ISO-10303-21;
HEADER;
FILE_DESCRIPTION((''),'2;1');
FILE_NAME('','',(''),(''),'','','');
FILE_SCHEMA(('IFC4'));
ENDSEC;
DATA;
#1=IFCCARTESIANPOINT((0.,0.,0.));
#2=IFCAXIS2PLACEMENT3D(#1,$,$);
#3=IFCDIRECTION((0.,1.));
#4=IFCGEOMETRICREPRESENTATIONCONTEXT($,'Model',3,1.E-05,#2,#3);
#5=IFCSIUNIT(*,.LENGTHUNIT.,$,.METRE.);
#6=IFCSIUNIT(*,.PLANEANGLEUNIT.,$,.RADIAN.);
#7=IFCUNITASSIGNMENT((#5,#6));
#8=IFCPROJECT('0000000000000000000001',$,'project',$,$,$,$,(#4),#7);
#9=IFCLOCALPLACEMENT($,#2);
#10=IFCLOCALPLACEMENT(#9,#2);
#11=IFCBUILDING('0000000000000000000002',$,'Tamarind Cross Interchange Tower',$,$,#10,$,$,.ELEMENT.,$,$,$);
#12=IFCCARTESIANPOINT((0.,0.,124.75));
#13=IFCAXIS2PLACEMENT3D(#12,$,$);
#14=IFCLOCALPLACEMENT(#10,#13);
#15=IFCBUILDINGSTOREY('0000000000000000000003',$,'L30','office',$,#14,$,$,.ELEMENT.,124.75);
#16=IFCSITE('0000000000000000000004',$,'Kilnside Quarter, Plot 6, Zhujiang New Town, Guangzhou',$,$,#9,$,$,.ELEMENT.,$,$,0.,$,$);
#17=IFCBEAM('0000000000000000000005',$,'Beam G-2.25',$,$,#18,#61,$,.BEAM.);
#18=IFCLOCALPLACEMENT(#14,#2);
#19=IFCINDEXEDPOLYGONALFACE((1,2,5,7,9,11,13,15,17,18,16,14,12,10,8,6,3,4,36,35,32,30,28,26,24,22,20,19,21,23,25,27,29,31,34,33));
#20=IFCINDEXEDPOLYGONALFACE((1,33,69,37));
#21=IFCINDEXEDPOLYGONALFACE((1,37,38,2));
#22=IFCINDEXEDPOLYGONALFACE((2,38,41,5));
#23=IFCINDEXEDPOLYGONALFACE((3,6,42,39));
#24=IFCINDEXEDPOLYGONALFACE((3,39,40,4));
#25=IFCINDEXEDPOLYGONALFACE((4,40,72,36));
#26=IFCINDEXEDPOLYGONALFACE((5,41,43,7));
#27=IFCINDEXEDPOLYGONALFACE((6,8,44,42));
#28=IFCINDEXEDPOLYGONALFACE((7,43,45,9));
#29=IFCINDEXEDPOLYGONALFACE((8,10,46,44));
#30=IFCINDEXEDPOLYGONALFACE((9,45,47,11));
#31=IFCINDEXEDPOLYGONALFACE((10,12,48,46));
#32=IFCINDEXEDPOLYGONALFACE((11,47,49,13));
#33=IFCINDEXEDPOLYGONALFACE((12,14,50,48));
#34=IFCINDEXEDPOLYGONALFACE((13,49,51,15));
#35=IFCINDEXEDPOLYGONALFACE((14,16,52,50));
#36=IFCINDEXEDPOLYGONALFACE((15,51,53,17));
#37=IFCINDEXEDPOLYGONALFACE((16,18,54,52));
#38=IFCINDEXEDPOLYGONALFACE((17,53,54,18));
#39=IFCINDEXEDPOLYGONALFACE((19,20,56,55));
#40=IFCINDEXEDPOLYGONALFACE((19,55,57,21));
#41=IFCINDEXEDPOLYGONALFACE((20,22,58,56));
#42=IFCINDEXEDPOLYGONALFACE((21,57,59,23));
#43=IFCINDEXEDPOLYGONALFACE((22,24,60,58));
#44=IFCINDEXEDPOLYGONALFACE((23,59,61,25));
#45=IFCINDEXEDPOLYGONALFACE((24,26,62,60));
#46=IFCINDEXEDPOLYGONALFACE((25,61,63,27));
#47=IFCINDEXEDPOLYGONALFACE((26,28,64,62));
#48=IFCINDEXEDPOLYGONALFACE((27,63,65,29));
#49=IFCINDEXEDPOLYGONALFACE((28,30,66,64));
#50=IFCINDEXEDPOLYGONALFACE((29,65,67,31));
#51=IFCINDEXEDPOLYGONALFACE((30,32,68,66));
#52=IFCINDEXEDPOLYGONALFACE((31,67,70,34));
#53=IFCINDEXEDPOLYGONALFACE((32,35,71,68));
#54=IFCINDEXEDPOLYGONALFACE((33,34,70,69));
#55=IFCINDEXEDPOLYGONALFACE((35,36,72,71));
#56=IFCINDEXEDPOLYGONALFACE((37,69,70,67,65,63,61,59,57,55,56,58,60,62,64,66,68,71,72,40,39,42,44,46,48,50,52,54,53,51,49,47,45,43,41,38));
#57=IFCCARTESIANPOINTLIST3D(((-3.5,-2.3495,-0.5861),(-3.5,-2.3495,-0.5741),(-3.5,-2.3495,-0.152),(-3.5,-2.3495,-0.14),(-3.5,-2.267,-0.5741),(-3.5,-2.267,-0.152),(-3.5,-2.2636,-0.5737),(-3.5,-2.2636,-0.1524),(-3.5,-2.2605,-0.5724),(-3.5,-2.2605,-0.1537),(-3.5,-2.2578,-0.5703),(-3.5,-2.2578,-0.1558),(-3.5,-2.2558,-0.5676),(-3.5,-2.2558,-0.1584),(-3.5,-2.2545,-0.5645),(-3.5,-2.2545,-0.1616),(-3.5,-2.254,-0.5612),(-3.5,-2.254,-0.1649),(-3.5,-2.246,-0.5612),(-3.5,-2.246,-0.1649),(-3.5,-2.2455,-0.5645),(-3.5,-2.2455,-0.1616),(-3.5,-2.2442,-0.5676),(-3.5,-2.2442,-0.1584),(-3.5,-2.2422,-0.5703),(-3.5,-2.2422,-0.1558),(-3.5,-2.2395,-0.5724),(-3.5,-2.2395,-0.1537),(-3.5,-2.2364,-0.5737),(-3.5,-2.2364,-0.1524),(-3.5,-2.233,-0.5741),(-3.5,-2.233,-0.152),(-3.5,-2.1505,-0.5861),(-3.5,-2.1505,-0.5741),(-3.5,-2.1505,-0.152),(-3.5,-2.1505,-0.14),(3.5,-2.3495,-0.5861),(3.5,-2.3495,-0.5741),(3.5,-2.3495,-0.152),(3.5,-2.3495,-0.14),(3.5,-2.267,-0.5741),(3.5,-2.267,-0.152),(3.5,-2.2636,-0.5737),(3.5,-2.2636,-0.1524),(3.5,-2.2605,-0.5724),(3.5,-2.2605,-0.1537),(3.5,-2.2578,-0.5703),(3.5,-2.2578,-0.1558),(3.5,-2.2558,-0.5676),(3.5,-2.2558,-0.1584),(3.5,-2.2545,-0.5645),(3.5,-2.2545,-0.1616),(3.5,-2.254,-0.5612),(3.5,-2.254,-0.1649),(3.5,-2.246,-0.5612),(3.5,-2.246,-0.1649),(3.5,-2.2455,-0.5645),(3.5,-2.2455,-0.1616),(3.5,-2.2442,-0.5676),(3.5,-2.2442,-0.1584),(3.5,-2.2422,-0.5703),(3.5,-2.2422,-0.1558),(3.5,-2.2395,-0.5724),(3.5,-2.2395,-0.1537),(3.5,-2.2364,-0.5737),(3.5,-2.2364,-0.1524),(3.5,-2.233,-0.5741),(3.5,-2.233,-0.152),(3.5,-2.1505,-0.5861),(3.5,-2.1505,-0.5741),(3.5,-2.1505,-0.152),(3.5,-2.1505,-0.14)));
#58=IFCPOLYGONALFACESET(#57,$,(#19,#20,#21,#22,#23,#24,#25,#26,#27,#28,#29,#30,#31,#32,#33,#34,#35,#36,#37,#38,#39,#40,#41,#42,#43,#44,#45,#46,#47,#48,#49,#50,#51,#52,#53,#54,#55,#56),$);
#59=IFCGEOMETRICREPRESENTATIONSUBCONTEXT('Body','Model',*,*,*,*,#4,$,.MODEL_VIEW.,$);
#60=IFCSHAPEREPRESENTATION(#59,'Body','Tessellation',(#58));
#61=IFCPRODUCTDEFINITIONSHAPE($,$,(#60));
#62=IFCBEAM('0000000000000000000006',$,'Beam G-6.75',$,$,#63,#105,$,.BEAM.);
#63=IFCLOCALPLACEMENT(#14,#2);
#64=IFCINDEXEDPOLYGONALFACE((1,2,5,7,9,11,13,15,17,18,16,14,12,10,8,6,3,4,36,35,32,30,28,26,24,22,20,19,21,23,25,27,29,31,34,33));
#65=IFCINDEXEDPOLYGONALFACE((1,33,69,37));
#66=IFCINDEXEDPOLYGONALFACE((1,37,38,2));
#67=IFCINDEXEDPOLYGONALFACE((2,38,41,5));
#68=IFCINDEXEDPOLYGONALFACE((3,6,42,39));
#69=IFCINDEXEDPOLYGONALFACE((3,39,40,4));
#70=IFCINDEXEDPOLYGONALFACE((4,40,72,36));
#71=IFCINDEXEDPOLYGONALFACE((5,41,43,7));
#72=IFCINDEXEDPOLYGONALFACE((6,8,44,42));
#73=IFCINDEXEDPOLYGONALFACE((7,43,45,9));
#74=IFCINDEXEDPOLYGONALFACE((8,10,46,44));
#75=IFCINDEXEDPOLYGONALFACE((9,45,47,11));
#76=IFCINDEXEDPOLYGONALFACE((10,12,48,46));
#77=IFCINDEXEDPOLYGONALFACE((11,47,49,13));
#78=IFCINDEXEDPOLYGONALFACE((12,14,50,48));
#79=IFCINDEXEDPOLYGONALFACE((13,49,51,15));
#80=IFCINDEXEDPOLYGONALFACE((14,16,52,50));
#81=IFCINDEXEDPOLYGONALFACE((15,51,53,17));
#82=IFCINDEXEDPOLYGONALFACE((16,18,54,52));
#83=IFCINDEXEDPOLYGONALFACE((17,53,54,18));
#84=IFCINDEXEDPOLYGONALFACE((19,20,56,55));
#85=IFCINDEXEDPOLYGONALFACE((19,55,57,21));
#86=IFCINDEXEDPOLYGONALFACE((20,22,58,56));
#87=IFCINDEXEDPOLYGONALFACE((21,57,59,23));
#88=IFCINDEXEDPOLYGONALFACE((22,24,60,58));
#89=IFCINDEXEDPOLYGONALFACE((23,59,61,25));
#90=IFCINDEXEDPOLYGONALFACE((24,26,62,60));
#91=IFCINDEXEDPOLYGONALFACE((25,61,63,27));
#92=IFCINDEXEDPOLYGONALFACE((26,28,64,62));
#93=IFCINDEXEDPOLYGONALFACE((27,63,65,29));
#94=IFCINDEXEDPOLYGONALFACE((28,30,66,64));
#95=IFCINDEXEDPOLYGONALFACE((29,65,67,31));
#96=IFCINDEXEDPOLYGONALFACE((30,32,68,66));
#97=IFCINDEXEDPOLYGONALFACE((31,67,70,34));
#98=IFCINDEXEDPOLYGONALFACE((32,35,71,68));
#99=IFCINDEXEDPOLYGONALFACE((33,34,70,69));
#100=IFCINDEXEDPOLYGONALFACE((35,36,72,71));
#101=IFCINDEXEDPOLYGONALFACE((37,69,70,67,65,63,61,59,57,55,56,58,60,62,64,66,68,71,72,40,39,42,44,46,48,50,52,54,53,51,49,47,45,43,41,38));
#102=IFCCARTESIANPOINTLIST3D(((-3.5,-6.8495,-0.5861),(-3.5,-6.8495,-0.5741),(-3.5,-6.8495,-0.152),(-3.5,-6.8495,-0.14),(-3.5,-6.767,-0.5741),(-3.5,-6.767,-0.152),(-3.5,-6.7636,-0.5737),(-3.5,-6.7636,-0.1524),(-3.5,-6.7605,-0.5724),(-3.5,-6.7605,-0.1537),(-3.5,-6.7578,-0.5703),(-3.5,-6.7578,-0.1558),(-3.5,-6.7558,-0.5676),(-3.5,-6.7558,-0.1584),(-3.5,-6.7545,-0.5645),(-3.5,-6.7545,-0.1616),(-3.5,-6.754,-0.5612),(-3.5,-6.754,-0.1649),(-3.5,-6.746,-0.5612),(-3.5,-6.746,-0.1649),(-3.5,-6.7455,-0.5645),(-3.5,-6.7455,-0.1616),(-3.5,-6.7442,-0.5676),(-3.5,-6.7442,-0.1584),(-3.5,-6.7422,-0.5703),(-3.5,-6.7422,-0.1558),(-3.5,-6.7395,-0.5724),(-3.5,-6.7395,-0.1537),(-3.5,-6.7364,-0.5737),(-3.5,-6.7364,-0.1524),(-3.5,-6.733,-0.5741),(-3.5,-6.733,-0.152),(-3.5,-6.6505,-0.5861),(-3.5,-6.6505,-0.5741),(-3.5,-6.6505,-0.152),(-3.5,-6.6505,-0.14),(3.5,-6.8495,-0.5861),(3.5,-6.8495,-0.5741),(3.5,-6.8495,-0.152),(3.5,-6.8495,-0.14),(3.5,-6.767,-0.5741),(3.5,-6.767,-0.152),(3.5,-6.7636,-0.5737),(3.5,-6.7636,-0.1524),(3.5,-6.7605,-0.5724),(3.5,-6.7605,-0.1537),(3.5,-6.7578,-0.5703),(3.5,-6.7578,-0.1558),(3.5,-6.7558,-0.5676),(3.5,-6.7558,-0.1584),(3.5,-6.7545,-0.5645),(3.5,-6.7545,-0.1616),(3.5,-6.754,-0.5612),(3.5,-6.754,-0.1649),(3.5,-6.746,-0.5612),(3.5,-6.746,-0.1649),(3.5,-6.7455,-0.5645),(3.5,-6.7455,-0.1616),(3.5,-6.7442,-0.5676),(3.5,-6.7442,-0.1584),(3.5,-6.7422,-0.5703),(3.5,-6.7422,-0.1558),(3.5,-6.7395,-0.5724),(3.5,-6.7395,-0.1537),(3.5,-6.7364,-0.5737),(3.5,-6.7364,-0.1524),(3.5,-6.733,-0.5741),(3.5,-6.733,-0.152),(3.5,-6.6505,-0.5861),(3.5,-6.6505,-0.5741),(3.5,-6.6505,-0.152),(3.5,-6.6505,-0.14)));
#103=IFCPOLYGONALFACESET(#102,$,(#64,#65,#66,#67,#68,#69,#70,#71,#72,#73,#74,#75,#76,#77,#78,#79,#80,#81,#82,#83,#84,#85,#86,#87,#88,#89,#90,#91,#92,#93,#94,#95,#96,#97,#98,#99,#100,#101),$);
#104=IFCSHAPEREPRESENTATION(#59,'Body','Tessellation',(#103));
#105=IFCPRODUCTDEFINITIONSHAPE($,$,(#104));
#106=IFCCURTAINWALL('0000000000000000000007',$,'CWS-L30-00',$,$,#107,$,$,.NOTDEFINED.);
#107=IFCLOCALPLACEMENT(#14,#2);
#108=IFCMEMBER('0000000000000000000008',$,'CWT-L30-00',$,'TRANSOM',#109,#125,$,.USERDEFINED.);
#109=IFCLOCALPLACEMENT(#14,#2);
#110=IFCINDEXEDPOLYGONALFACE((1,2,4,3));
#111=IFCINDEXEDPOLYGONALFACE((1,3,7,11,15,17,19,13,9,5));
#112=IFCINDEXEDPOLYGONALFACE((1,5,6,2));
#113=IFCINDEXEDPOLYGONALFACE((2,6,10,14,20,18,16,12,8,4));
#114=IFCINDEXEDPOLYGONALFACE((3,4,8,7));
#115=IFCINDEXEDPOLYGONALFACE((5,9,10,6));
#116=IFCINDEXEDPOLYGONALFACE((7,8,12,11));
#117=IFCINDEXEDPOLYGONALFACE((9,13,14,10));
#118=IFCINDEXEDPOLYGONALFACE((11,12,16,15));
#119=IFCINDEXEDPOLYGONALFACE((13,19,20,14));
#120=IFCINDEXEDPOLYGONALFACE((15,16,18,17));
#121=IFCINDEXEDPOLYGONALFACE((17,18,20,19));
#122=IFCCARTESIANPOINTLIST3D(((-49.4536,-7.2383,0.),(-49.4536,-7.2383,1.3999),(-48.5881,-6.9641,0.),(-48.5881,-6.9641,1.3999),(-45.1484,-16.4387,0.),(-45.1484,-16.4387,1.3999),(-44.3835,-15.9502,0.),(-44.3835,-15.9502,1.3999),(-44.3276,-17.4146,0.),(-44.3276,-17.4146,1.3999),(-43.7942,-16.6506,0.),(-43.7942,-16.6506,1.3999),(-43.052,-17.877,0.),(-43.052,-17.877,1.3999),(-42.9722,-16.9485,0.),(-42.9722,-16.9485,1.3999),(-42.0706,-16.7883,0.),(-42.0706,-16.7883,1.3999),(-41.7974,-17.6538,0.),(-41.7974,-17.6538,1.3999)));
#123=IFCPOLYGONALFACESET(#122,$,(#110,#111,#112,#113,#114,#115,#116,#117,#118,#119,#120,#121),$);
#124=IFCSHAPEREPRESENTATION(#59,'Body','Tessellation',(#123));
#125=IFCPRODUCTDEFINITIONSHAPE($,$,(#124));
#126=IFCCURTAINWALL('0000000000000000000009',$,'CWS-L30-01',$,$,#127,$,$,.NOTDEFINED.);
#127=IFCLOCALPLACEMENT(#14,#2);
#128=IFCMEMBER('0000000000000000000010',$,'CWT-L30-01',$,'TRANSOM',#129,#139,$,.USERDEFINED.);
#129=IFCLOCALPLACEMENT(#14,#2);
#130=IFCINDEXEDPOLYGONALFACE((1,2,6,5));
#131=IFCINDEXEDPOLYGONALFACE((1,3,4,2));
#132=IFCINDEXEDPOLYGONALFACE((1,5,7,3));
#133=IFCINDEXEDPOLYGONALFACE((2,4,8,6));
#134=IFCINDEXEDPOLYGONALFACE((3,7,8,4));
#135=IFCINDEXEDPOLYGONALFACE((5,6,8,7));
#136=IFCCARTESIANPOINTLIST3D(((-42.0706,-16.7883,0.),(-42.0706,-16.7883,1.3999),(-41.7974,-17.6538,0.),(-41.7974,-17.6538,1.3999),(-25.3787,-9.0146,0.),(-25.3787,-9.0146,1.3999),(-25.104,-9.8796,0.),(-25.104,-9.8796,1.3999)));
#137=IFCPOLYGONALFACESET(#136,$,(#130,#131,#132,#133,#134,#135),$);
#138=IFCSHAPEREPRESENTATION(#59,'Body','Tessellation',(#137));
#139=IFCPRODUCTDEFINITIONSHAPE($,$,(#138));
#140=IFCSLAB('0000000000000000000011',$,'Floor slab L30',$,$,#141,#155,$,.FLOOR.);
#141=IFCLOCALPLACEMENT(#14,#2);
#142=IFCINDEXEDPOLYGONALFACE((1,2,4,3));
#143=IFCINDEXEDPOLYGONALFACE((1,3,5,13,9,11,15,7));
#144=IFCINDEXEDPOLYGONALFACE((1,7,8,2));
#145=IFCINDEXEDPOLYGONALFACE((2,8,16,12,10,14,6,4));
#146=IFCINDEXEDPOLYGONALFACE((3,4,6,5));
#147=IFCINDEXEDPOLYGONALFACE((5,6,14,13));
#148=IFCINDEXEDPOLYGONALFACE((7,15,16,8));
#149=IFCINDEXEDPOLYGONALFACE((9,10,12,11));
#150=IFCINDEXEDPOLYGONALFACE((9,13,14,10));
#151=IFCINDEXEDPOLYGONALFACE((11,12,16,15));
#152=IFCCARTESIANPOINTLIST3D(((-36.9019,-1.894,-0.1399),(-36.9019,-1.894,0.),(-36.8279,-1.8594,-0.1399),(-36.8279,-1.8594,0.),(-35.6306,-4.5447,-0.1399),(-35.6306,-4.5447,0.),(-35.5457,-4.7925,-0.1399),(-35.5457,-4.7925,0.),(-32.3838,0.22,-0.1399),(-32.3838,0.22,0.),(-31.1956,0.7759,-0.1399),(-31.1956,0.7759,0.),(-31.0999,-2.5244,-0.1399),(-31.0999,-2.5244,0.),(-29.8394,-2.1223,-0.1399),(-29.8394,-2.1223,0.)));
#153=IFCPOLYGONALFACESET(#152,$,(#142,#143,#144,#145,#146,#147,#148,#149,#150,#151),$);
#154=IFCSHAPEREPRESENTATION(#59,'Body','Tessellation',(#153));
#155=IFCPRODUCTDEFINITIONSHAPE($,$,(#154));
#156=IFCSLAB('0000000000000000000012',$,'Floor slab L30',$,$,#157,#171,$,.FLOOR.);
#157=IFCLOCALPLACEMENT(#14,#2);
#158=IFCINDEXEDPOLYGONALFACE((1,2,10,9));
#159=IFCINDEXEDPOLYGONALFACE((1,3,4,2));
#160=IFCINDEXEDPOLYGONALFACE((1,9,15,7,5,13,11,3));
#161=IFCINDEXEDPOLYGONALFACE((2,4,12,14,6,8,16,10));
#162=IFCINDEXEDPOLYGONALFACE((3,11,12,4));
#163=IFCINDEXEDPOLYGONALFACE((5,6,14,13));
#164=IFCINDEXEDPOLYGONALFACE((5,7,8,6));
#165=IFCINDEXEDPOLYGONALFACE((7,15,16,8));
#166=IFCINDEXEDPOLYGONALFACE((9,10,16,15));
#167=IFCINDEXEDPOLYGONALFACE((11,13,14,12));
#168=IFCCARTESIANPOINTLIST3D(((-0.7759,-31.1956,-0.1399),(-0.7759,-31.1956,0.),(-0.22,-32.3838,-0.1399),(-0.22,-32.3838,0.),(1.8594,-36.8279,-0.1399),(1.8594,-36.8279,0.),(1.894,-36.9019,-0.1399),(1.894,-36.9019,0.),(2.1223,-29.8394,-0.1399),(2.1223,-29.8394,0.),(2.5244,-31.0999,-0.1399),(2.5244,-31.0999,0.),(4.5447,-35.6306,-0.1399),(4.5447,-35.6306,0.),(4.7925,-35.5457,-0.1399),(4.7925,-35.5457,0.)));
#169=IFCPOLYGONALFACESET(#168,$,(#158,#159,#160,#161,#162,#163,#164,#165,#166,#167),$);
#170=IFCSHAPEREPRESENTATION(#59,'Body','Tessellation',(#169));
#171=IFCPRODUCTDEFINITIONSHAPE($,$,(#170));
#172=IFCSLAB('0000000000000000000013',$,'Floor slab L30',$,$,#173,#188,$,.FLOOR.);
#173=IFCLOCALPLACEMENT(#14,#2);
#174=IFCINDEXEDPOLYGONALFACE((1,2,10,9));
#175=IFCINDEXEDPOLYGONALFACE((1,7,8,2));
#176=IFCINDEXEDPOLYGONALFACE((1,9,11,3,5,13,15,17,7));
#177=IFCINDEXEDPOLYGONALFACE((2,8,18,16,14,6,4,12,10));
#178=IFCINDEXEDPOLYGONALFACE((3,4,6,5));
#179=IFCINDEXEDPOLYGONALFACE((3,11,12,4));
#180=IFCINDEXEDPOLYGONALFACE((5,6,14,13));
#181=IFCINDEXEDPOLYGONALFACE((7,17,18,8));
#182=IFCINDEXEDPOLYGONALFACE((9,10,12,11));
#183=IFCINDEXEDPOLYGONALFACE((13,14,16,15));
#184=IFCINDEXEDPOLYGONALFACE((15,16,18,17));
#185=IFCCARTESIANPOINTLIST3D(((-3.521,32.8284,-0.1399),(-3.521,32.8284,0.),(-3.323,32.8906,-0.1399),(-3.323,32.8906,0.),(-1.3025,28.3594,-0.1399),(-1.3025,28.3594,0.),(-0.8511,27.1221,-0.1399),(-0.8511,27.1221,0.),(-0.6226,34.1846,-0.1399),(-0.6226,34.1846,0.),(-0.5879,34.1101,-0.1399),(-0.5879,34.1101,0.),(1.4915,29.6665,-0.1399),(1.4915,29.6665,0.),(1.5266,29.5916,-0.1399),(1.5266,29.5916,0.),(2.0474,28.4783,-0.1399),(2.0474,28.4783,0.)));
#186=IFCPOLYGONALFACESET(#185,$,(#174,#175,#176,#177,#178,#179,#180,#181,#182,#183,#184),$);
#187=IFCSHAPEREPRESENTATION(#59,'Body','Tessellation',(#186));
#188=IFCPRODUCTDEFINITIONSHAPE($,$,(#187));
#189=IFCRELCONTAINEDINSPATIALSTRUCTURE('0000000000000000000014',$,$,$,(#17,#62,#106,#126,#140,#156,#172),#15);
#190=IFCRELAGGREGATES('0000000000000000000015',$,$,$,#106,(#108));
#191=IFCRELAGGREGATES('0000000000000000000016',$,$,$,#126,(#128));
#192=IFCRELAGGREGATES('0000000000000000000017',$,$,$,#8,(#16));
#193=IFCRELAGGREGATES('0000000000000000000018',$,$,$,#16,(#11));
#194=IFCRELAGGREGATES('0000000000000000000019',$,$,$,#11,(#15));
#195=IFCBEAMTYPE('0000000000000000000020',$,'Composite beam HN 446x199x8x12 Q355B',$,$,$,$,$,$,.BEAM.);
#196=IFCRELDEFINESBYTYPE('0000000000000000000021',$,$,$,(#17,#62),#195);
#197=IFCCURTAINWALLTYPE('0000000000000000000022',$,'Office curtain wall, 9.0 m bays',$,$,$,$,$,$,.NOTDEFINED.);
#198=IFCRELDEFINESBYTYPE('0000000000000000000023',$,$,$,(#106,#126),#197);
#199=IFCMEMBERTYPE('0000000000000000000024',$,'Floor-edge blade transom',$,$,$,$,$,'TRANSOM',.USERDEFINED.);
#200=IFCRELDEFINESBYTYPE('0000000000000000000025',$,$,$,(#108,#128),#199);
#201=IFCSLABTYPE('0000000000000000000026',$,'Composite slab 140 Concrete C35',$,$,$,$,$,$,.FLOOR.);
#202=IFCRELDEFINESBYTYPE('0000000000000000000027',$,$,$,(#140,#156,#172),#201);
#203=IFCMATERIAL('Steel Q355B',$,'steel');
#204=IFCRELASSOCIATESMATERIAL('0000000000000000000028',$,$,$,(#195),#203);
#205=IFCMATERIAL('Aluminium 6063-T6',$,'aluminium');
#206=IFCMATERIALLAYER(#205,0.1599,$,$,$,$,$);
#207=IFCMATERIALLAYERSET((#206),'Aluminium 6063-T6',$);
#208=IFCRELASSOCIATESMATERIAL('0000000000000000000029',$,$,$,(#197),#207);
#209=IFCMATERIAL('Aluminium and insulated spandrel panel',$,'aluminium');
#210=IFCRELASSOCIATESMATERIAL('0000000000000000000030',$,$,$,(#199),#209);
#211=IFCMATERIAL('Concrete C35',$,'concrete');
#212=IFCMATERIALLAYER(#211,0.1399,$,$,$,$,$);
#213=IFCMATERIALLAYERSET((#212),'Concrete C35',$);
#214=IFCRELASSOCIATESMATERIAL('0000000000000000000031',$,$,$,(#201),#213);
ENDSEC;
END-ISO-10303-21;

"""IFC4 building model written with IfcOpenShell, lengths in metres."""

from ifc_helpers import new_model, si_unit, direction, frame, origin, origin_2d, place, context, subcontext, project, spatial, polyline, i_section, outline, extrude, material, layer, layer_set, material_profile, profile_set, type_object, element, aggregate, save


model = new_model("IFC4")

# Units and contexts
model_context = context("Model", 3, precision=1e-05, world=origin(), true_north=direction((0.0, 1.0)))
body_context = subcontext(model_context, "Body", "Model", "MODEL_VIEW")
ifc_project = project(units=[si_unit("LENGTHUNIT", "METRE"), si_unit("PLANEANGLEUNIT", "RADIAN")], contexts=[model_context])

# Site, building, storey
site_placement = place(None, origin())
site = spatial("IfcSite", under=ifc_project, at=site_placement, Name="Kilnside Quarter, Plot 6, Zhujiang New Town, Guangzhou", CompositionType="ELEMENT", RefElevation=0.0)
building_placement = place(site_placement, origin())
building = spatial("IfcBuilding", under=site, at=building_placement, Name="Tamarind Cross Interchange Tower", CompositionType="ELEMENT")
storey_placement = place(building_placement, frame((0.0, 0.0, 124.75)))
storey = spatial("IfcBuildingStorey", under=building, at=storey_placement, Name="L30", Description="office", CompositionType="ELEMENT", Elevation=124.75)

# Beams
ifc_material_1 = material(Name="Steel Q355B", Category="steel")
ifc_material_profile = material_profile(ifc_material_1, i_section(OverallWidth=0.199, OverallDepth=0.446, WebThickness=0.0081, FlangeThickness=0.012, FilletRadius=0.0129, at=origin_2d()), Name="HN 446x199x8x12")
ifc_profile_set = profile_set([ifc_material_profile], Name="Steel Q355B")
beam_type = type_object("IfcBeamType", Name="Composite beam HN 446x199x8x12 Q355B", PredefinedType="BEAM", material=ifc_profile_set)
for number, where, z_axis, x_axis, name in (
    (1, (-3.5, -2.25, -0.363), (1.0, 0.0, 0.0), (0.0, 1.0, 0.0), "Beam G-2.25"),
    (2, (-3.5, -6.75, -0.363), (1.0, 0.0, 0.0), (0.0, 1.0, 0.0), "Beam G-6.75"),
):
    element("IfcBeam", number, at=place(storey_placement, frame(where, z_axis=z_axis, x_axis=x_axis)), inside=storey, type_object=beam_type, Name=name, PredefinedType="BEAM", context=body_context, shape_type="SweptSolid", body=[
        extrude(i_section(OverallWidth=0.199, OverallDepth=0.446, WebThickness=0.0081, FlangeThickness=0.012, FilletRadius=0.0129, at=origin_2d()), origin(), (0.0, 0.0, 1.0), 7.0),
    ])

# Curtain walls, members
ifc_material_2 = material(Name="Aluminium 6063-T6", Category="aluminium")
ifc_layer_1 = layer(ifc_material_2, 0.1599)
ifc_layer_set_1 = layer_set([ifc_layer_1], Name="Aluminium 6063-T6")
curtain_wall_type = type_object("IfcCurtainWallType", Name="Office curtain wall, 9.0 m bays", PredefinedType="NOTDEFINED", material=ifc_layer_set_1)
curtain_wall_1_placement = place(storey_placement, origin())
curtain_wall_1 = element("IfcCurtainWall", 3, at=curtain_wall_1_placement, inside=storey, type_object=curtain_wall_type, Name="CWS-L30-00", PredefinedType="NOTDEFINED")
ifc_material_3 = material(Name="Aluminium and insulated spandrel panel", Category="aluminium")
member_type = type_object("IfcMemberType", Name="Floor-edge blade transom", ElementType="TRANSOM", PredefinedType="USERDEFINED", material=ifc_material_3)
member_1_placement = place(storey_placement, origin())
member_1 = element("IfcMember", 4, at=member_1_placement, type_object=member_type, Name="CWT-L30-00", ObjectType="TRANSOM", PredefinedType="USERDEFINED", context=body_context, shape_type="SweptSolid", body=[
    extrude(outline(polyline([(-48.5881, -6.9641), (-44.3835, -15.9502), (-43.7942, -16.6506), (-42.9722, -16.9485), (-42.0706, -16.7883), (-41.7974, -17.6538), (-43.052, -17.877), (-44.3276, -17.4146), (-45.1484, -16.4387), (-49.4536, -7.2383), (-48.5881, -6.9641)])), origin(), (0.0, 0.0, 1.0), 1.3999),
])
curtain_wall_2_placement = place(storey_placement, origin())
curtain_wall_2 = element("IfcCurtainWall", 5, at=curtain_wall_2_placement, inside=storey, type_object=curtain_wall_type, Name="CWS-L30-01", PredefinedType="NOTDEFINED")
member_2_placement = place(storey_placement, origin())
member_2 = element("IfcMember", 6, at=member_2_placement, type_object=member_type, Name="CWT-L30-01", ObjectType="TRANSOM", PredefinedType="USERDEFINED", context=body_context, shape_type="SweptSolid", body=[
    extrude(outline(polyline([(-42.0706, -16.7883), (-25.3787, -9.0146), (-25.104, -9.8796), (-41.7974, -17.6538), (-42.0706, -16.7883)])), origin(), (0.0, 0.0, 1.0), 1.3999),
])

# Slabs
ifc_material_4 = material(Name="Concrete C35", Category="concrete")
ifc_layer_2 = layer(ifc_material_4, 0.1399)
ifc_layer_set_2 = layer_set([ifc_layer_2], Name="Concrete C35")
slab_type = type_object("IfcSlabType", Name="Composite slab 140 Concrete C35", PredefinedType="FLOOR", material=ifc_layer_set_2)
slab_1_placement = place(storey_placement, frame((0.0, 0.0, -0.1399)))
element("IfcSlab", 7, at=slab_1_placement, inside=storey, type_object=slab_type, Name="Floor slab L30", PredefinedType="FLOOR", context=body_context, shape_type="SweptSolid", body=[
    extrude(outline(polyline([(-35.6306, -4.5447), (-36.8279, -1.8594), (-36.9019, -1.894), (-35.5457, -4.7925), (-29.8394, -2.1223), (-31.1956, 0.7759), (-32.3838, 0.22), (-31.0999, -2.5244), (-35.6306, -4.5447)])), origin(), (0.0, 0.0, 1.0), 0.1399),
])
slab_2_placement = place(storey_placement, frame((0.0, 0.0, -0.1399)))
element("IfcSlab", 8, at=slab_2_placement, inside=storey, type_object=slab_type, Name="Floor slab L30", PredefinedType="FLOOR", context=body_context, shape_type="SweptSolid", body=[
    extrude(outline(polyline([(1.894, -36.9019), (4.7925, -35.5457), (2.1223, -29.8394), (-0.7759, -31.1956), (-0.22, -32.3838), (2.5244, -31.0999), (4.5447, -35.6306), (1.8594, -36.8279), (1.894, -36.9019)])), origin(), (0.0, 0.0, 1.0), 0.1399),
])
slab_3_placement = place(storey_placement, frame((0.0, 0.0, -0.1399)))
element("IfcSlab", 9, at=slab_3_placement, inside=storey, type_object=slab_type, Name="Floor slab L30", PredefinedType="FLOOR", context=body_context, shape_type="SweptSolid", body=[
    extrude(outline(polyline([(2.0474, 28.4783), (1.5266, 29.5916), (1.4915, 29.6665), (-1.3025, 28.3594), (-3.323, 32.8906), (-0.5879, 34.1101), (-0.6226, 34.1846), (-3.521, 32.8284), (-0.8511, 27.1221), (2.0474, 28.4783)])), origin(), (0.0, 0.0, 1.0), 0.1399),
])

aggregate(curtain_wall_1, [member_1])
aggregate(curtain_wall_2, [member_2])

save(model, "model.ifc")
